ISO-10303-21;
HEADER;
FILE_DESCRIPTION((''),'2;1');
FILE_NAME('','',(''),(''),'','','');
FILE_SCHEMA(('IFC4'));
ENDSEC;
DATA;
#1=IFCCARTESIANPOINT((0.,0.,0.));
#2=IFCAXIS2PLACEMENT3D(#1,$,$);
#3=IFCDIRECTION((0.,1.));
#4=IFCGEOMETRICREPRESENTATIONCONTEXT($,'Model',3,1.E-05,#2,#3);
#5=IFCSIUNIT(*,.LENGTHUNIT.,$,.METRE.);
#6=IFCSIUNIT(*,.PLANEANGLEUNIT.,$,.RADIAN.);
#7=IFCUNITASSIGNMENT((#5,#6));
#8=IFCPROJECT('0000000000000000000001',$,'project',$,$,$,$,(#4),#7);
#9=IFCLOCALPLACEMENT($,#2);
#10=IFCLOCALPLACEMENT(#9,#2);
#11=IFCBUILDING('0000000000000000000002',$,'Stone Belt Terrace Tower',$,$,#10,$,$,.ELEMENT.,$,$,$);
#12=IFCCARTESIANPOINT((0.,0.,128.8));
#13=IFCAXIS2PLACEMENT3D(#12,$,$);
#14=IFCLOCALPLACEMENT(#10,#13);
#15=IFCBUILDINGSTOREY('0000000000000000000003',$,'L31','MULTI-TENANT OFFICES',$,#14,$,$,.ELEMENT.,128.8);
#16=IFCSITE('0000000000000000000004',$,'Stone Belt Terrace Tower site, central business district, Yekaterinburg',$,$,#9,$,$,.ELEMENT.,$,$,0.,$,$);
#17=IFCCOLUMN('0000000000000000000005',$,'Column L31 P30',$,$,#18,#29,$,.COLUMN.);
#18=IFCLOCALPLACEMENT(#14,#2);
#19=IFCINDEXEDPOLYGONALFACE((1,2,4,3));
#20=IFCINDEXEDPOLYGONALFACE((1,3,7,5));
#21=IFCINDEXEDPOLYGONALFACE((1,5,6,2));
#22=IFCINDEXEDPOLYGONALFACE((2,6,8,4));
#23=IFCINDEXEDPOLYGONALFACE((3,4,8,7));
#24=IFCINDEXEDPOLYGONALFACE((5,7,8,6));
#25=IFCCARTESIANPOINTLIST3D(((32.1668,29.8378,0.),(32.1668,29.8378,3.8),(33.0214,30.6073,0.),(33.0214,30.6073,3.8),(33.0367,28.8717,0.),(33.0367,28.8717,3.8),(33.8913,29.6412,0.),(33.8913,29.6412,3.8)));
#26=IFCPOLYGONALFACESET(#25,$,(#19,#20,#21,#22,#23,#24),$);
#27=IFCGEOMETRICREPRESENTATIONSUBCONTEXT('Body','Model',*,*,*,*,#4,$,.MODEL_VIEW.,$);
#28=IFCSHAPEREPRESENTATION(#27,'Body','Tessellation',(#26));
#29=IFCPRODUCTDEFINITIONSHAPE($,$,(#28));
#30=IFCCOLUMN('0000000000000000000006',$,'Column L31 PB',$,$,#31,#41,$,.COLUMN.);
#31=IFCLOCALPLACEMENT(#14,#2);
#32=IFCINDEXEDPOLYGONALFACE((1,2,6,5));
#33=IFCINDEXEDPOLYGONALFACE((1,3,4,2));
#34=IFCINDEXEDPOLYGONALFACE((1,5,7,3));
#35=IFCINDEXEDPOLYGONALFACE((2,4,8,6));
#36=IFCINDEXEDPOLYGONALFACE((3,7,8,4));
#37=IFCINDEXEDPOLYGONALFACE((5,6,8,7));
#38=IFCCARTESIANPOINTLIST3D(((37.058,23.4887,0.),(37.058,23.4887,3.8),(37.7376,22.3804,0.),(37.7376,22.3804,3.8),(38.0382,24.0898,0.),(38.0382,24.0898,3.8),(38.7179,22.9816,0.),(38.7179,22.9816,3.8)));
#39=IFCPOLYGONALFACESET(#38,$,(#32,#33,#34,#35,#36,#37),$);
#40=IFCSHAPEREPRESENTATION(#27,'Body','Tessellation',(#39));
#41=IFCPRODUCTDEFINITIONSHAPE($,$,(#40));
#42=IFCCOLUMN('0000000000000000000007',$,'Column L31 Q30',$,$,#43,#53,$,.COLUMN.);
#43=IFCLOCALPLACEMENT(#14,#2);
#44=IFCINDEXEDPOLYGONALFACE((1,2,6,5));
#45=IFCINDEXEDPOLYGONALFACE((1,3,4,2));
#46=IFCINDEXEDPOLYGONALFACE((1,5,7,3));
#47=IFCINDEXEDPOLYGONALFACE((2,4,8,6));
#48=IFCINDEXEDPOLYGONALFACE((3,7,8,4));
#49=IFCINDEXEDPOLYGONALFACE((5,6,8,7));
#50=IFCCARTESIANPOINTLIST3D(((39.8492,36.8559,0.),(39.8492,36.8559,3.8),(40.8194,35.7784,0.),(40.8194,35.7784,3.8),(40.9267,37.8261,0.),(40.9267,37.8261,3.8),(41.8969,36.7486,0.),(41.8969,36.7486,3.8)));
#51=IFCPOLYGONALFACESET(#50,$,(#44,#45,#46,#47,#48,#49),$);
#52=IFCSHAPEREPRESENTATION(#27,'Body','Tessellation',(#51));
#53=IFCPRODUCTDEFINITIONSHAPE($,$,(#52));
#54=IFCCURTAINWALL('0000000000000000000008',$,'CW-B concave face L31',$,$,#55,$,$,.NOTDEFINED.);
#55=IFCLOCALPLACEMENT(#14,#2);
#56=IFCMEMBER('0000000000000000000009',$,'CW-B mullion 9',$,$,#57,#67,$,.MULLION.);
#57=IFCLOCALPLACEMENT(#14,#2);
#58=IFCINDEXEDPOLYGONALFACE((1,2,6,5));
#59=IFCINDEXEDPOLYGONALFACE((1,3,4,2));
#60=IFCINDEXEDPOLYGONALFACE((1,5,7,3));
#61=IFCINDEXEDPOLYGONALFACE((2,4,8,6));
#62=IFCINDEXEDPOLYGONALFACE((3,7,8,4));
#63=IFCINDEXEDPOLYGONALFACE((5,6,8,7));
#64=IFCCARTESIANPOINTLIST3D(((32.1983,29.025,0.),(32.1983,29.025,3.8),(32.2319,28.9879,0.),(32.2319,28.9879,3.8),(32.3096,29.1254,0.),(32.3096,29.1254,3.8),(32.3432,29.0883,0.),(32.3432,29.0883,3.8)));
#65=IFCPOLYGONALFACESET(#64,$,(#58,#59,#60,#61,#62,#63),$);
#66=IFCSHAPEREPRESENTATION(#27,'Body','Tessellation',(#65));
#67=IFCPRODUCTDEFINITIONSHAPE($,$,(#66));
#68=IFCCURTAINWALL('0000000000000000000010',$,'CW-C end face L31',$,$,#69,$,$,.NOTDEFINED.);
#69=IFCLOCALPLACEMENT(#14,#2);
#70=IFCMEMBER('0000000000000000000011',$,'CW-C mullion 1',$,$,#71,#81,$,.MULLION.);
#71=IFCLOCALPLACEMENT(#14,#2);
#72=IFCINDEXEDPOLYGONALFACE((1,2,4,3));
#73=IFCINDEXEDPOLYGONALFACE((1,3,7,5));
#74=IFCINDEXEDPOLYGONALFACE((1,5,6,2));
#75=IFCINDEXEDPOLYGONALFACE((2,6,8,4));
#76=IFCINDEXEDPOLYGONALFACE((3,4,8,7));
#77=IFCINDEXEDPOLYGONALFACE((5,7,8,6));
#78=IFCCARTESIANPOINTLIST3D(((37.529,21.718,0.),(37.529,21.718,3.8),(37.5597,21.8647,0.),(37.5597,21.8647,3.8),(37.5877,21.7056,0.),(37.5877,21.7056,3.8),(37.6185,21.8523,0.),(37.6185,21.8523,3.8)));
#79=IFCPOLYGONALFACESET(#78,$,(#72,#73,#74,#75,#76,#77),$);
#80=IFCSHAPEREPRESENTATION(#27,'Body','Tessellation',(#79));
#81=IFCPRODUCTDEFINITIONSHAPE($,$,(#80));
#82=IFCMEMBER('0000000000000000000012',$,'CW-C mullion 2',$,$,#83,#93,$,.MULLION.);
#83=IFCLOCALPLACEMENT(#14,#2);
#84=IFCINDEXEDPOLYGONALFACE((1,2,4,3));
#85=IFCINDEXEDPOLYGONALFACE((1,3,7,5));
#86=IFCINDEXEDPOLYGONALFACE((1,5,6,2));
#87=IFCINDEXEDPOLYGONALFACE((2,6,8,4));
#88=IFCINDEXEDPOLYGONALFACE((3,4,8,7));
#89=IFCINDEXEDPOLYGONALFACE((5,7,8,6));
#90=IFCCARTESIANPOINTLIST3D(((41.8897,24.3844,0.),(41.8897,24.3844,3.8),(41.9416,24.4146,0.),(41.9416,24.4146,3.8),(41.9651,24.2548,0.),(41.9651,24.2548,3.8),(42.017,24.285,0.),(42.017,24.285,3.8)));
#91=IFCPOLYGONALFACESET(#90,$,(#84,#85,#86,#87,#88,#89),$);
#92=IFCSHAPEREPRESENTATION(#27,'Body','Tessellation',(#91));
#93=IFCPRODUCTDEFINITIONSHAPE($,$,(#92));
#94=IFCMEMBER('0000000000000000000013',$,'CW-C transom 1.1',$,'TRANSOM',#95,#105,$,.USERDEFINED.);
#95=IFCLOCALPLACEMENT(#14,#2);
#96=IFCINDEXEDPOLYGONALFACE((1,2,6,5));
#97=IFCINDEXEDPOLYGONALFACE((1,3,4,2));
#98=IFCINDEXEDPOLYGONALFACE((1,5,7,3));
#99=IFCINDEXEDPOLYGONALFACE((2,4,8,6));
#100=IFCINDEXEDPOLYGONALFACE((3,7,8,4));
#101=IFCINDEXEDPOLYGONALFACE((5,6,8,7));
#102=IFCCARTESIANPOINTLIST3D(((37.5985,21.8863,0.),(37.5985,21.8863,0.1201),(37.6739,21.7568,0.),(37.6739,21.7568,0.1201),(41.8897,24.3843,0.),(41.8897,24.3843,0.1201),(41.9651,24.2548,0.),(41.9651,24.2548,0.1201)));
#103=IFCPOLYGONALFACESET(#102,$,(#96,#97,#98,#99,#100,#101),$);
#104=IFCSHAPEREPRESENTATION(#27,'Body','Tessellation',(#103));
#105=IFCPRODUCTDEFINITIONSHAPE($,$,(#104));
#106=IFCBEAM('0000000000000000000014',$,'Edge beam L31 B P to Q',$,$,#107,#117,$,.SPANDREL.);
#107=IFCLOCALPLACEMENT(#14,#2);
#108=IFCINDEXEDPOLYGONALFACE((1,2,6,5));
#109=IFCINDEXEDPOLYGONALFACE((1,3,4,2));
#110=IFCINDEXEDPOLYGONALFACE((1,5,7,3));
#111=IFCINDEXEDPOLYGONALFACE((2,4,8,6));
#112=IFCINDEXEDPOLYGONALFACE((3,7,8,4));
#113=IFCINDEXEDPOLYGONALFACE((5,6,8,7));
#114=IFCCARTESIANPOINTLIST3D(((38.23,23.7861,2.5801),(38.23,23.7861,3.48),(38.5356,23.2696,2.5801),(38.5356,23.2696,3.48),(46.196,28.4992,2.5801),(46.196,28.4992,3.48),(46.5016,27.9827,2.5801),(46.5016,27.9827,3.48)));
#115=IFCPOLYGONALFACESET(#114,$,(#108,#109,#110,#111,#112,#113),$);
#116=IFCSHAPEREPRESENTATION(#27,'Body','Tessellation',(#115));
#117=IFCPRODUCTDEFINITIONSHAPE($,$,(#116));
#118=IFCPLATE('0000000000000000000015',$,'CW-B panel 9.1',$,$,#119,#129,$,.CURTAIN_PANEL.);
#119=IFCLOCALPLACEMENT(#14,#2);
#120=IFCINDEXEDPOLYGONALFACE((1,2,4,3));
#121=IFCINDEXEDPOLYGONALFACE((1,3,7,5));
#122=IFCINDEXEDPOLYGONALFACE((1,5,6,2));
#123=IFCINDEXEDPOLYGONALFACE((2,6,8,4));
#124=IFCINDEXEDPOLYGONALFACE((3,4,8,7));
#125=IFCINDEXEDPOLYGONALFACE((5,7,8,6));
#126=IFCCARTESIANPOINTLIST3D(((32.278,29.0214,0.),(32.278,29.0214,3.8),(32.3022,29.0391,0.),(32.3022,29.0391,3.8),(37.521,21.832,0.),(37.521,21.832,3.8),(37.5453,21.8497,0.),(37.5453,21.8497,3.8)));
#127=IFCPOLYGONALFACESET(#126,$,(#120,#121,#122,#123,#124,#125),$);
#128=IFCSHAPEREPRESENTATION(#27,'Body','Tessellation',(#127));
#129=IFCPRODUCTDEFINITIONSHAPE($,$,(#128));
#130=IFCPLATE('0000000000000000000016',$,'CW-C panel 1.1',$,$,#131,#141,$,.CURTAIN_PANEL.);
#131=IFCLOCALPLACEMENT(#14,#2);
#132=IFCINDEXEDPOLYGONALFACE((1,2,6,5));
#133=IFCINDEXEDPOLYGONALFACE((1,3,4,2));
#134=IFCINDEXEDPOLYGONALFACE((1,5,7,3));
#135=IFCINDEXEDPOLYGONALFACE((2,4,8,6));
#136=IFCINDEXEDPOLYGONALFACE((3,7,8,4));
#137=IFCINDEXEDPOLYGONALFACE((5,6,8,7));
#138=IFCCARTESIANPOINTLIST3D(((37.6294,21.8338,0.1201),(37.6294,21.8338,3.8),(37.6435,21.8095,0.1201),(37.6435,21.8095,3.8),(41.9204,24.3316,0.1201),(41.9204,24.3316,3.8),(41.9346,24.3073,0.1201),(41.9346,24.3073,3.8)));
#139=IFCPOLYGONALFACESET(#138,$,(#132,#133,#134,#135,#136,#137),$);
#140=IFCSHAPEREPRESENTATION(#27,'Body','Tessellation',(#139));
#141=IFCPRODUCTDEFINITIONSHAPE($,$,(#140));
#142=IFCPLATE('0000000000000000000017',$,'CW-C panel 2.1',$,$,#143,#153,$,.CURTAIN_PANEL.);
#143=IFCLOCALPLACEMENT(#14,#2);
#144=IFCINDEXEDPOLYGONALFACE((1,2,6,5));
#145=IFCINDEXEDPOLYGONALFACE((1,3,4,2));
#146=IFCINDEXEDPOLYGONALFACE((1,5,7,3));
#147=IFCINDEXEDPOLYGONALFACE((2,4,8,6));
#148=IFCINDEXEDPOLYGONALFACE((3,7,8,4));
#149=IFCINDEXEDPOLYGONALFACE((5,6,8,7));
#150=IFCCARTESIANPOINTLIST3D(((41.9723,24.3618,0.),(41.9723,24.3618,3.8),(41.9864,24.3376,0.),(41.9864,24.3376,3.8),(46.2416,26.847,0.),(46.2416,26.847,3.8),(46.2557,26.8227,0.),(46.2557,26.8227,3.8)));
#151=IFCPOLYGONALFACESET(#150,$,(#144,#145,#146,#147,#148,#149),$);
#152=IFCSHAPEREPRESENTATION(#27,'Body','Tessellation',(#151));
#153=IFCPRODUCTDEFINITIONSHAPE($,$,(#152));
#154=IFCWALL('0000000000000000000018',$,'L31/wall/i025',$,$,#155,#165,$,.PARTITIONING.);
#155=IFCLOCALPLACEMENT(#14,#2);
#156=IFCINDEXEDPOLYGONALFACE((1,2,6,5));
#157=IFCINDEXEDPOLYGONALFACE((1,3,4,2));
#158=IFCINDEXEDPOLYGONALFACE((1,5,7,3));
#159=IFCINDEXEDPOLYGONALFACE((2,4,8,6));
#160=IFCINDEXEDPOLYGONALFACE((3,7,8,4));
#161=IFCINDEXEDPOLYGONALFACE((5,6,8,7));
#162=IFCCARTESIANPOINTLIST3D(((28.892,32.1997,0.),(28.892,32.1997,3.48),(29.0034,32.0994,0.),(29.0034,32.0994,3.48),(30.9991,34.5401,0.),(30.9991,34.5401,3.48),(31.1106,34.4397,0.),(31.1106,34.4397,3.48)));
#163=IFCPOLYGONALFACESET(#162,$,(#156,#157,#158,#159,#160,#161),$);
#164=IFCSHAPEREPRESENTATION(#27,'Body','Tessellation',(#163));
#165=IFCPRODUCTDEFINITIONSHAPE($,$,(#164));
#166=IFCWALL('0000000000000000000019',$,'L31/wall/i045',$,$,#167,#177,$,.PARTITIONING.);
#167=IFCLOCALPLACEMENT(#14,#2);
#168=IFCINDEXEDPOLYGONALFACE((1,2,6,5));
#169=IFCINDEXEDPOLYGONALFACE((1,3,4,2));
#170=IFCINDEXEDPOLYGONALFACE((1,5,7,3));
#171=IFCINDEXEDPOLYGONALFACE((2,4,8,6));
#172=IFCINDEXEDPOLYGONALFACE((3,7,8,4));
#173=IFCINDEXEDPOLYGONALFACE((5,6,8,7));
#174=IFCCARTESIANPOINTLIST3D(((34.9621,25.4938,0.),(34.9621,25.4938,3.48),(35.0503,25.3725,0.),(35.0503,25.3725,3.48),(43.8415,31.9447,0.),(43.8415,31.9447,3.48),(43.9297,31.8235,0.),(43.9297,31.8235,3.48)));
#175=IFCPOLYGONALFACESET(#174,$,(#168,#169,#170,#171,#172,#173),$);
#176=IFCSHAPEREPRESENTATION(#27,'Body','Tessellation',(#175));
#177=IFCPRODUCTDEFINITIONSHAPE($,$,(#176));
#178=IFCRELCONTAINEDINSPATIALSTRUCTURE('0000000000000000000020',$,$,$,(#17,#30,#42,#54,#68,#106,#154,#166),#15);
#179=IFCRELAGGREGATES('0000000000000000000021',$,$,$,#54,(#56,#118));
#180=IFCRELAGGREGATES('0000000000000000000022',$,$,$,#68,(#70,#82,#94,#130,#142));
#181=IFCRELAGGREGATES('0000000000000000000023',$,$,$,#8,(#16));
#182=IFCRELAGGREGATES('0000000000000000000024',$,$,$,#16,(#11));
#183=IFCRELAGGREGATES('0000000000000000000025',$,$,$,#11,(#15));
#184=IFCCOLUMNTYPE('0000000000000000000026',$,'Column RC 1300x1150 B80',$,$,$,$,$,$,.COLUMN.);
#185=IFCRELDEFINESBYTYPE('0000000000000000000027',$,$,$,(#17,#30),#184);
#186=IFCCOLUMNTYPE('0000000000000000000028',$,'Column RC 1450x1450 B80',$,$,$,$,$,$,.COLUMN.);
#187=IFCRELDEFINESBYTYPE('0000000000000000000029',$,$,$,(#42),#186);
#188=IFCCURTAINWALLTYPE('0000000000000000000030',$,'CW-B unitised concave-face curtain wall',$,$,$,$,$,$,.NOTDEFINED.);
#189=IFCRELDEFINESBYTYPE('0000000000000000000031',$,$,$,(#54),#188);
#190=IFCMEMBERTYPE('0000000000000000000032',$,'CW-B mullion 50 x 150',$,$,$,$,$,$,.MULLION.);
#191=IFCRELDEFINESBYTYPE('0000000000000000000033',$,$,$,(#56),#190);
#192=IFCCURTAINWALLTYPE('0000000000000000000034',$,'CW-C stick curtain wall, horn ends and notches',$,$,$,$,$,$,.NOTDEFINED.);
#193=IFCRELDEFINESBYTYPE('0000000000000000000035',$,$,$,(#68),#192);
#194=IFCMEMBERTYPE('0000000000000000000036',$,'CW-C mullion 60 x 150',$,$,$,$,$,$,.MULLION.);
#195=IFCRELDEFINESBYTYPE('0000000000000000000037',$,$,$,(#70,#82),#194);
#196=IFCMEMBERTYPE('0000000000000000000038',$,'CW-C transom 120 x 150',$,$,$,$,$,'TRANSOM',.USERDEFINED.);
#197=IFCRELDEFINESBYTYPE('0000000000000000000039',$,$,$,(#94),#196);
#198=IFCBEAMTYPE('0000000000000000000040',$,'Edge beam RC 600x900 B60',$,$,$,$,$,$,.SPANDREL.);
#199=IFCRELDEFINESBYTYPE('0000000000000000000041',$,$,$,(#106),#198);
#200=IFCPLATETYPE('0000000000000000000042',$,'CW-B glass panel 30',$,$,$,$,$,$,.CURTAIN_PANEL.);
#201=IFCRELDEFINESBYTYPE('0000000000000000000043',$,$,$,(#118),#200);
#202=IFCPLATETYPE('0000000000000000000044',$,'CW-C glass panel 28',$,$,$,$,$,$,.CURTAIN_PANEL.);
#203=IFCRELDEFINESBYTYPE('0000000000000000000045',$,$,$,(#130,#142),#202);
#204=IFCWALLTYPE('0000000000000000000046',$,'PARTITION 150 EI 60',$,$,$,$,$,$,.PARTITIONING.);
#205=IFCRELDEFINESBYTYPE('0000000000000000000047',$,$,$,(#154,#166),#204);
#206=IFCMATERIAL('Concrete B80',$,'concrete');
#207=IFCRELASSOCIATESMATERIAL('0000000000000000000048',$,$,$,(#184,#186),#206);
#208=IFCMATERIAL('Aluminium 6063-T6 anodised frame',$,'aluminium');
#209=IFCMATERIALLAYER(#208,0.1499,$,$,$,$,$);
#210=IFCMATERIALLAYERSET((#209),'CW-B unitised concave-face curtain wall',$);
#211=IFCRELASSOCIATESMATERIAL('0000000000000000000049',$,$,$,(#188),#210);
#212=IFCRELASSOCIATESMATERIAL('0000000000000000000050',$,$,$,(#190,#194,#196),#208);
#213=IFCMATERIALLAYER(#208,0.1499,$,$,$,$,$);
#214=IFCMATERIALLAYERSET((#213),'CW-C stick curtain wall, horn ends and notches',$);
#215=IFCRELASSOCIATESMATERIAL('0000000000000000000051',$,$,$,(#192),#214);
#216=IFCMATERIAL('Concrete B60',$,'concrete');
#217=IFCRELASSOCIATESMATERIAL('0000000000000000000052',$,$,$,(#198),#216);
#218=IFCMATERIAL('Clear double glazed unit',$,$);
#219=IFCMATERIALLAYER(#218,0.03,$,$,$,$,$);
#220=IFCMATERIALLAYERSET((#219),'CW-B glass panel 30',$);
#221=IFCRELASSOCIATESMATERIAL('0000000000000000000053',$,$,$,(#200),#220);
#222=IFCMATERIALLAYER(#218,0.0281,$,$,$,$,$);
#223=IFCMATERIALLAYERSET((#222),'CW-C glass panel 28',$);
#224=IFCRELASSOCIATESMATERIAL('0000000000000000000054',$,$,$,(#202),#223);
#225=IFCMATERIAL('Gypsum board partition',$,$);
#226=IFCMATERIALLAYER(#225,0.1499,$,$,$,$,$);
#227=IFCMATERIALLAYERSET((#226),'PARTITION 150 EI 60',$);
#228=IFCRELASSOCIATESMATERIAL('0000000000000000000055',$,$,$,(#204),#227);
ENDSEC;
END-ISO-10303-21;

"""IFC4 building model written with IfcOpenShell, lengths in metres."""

from ifc_helpers import new_model, si_unit, direction, frame, frame_2d, origin, origin_2d, place, context, subcontext, project, spatial, rectangle, extrude, material, layer, layer_set, material_profile, profile_set, type_object, element, aggregate, save


model = new_model("IFC4")

# Units and contexts
model_context = context("Model", 3, precision=1e-05, world=origin(), true_north=direction((0.0, 1.0)))
body_context = subcontext(model_context, "Body", "Model", "MODEL_VIEW")
ifc_project = project(units=[si_unit("LENGTHUNIT", "METRE"), si_unit("PLANEANGLEUNIT", "RADIAN")], contexts=[model_context])

# Site, building, storey
site_placement = place(None, origin())
site = spatial("IfcSite", under=ifc_project, at=site_placement, Name="Stone Belt Terrace Tower site, central business district, Yekaterinburg", CompositionType="ELEMENT", RefElevation=0.0)
building_placement = place(site_placement, origin())
building = spatial("IfcBuilding", under=site, at=building_placement, Name="Stone Belt Terrace Tower", CompositionType="ELEMENT")
storey_placement = place(building_placement, frame((0.0, 0.0, 128.8)))
storey = spatial("IfcBuildingStorey", under=building, at=storey_placement, Name="L31", Description="MULTI-TENANT OFFICES", CompositionType="ELEMENT", Elevation=128.8)

# Columns
ifc_material_1 = material(Name="Concrete B80", Category="concrete")
ifc_material_profile_1 = material_profile(ifc_material_1, rectangle(XDim=1.3, YDim=1.1499, at=origin_2d()), Name="RC 1300x1150")
ifc_profile_set_1 = profile_set([ifc_material_profile_1], Name="Concrete B80")
column_type_1 = type_object("IfcColumnType", Name="Column RC 1300x1150 B80", PredefinedType="COLUMN", material=ifc_profile_set_1)
for number, where, z_axis, x_axis, name in (
    (1, (33.0291, 29.7395, 0.0), (0.0, 0.0, 1.0), (0.669131, -0.743145, 0.0), "Column L31 P30"),
    (2, (37.8879, 23.2351, 0.0), (0.0, 0.0, 1.0), (0.522781, -0.852467, 0.0), "Column L31 PB"),
):
    element("IfcColumn", number, at=place(storey_placement, frame(where, z_axis=z_axis, x_axis=x_axis)), inside=storey, type_object=column_type_1, Name=name, PredefinedType="COLUMN", context=body_context, shape_type="SweptSolid", body=[
        extrude(rectangle(XDim=1.3, YDim=1.1499, at=origin_2d()), origin(), (0.0, 0.0, 1.0), 3.8),
    ])
ifc_material_profile_2 = material_profile(ifc_material_1, rectangle(XDim=1.45, YDim=1.45, at=origin_2d()), Name="RC 1450x1450")
ifc_profile_set_2 = profile_set([ifc_material_profile_2], Name="Concrete B80")
column_type_2 = type_object("IfcColumnType", Name="Column RC 1450x1450 B80", PredefinedType="COLUMN", material=ifc_profile_set_2)
column_placement = place(storey_placement, frame((40.873, 36.8022, 0.0), z_axis=(0.0, 0.0, 1.0), x_axis=(0.669131, -0.743145, 0.0)))
element("IfcColumn", 3, at=column_placement, inside=storey, type_object=column_type_2, Name="Column L31 Q30", PredefinedType="COLUMN", context=body_context, shape_type="SweptSolid", body=[
    extrude(rectangle(XDim=1.45, YDim=1.45, at=origin_2d()), origin(), (0.0, 0.0, 1.0), 3.8),
])

# Curtain wall, member
ifc_material_2 = material(Name="Aluminium 6063-T6 anodised frame", Category="aluminium")
ifc_layer_1 = layer(ifc_material_2, 0.1499)
ifc_layer_set_1 = layer_set([ifc_layer_1], Name="CW-B unitised concave-face curtain wall")
curtain_wall_type_1 = type_object("IfcCurtainWallType", Name="CW-B unitised concave-face curtain wall", PredefinedType="NOTDEFINED", material=ifc_layer_set_1)
curtain_wall_1_placement = place(storey_placement, origin())
curtain_wall_1 = element("IfcCurtainWall", 4, at=curtain_wall_1_placement, inside=storey, type_object=curtain_wall_type_1, Name="CW-B concave face L31", PredefinedType="NOTDEFINED")
ifc_material_profile_3 = material_profile(ifc_material_2, rectangle(XDim=0.1499, YDim=0.05, at=origin_2d()), Name="Aluminium 6063-T6 50x150")
ifc_profile_set_3 = profile_set([ifc_material_profile_3], Name="Aluminium 6063-T6 anodised frame")
member_type_1 = type_object("IfcMemberType", Name="CW-B mullion 50 x 150", PredefinedType="MULLION", material=ifc_profile_set_3)
member_1_placement = place(storey_placement, frame((32.2708, 29.0566, 0.0), z_axis=(0.0, 0.0, 1.0), x_axis=(0.742549, 0.669792, 0.0)))
member_1 = element("IfcMember", 5, at=member_1_placement, type_object=member_type_1, Name="CW-B mullion 9", PredefinedType="MULLION", context=body_context, shape_type="SweptSolid", body=[
    extrude(rectangle(XDim=0.1499, YDim=0.05, at=origin_2d()), origin(), (0.0, 0.0, 1.0), 3.8),
])

# Curtain wall, members
ifc_layer_2 = layer(ifc_material_2, 0.1499)
ifc_layer_set_2 = layer_set([ifc_layer_2], Name="CW-C stick curtain wall, horn ends and notches")
curtain_wall_type_2 = type_object("IfcCurtainWallType", Name="CW-C stick curtain wall, horn ends and notches", PredefinedType="NOTDEFINED", material=ifc_layer_set_2)
curtain_wall_2_placement = place(storey_placement, origin())
curtain_wall_2 = element("IfcCurtainWall", 6, at=curtain_wall_2_placement, inside=storey, type_object=curtain_wall_type_2, Name="CW-C end face L31", PredefinedType="NOTDEFINED")
ifc_material_profile_4 = material_profile(ifc_material_2, rectangle(XDim=0.1499, YDim=0.0601, at=origin_2d()), Name="Aluminium 6063-T6 60x150")
ifc_profile_set_4 = profile_set([ifc_material_profile_4], Name="Aluminium 6063-T6 anodised frame")
member_type_2 = type_object("IfcMemberType", Name="CW-C mullion 60 x 150", PredefinedType="MULLION", material=ifc_profile_set_4)
member_2_placement = place(storey_placement, frame((37.5737, 21.7852, 0.0), z_axis=(0.0, 0.0, 1.0), x_axis=(0.205298, 0.978699, 0.0)))
member_2 = element("IfcMember", 7, at=member_2_placement, type_object=member_type_2, Name="CW-C mullion 1", PredefinedType="MULLION", context=body_context, shape_type="SweptSolid", body=[
    extrude(rectangle(XDim=0.1499, YDim=0.0601, at=origin_2d()), origin(), (0.0, 0.0, 1.0), 3.8),
])
member_3_placement = place(storey_placement, frame((41.9534, 24.3347, 0.0), z_axis=(0.0, 0.0, 1.0), x_axis=(-0.503081, 0.864239, 0.0)))
member_3 = element("IfcMember", 8, at=member_3_placement, type_object=member_type_2, Name="CW-C mullion 2", PredefinedType="MULLION", context=body_context, shape_type="SweptSolid", body=[
    extrude(rectangle(XDim=0.1499, YDim=0.0601, at=origin_2d()), origin(), (0.0, 0.0, 1.0), 3.8),
])
ifc_material_profile_5 = material_profile(ifc_material_2, rectangle(XDim=0.1499, YDim=0.1201, at=origin_2d()), Name="Aluminium 6063-T6 150x120")
ifc_profile_set_5 = profile_set([ifc_material_profile_5], Name="Aluminium 6063-T6 anodised frame")
member_type_3 = type_object("IfcMemberType", Name="CW-C transom 120 x 150", ElementType="TRANSOM", PredefinedType="USERDEFINED", material=ifc_profile_set_5)
member_4_placement = place(storey_placement, frame((37.6362, 21.8215, 0.0601), z_axis=(0.864233, 0.503091, 0.0), x_axis=(-0.503091, 0.864233, 0.0)))
member_4 = element("IfcMember", 9, at=member_4_placement, type_object=member_type_3, Name="CW-C transom 1.1", ObjectType="TRANSOM", PredefinedType="USERDEFINED", context=body_context, shape_type="SweptSolid", body=[
    extrude(rectangle(XDim=0.1499, YDim=0.1201, at=origin_2d()), origin(), (0.0, 0.0, 1.0), 4.9653),
])

# Beam
ifc_material_3 = material(Name="Concrete B60", Category="concrete")
ifc_material_profile_6 = material_profile(ifc_material_3, rectangle(XDim=0.6001, YDim=0.8999, at=origin_2d()), Name="RC 600x900")
ifc_profile_set_6 = profile_set([ifc_material_profile_6], Name="Concrete B60")
beam_type = type_object("IfcBeamType", Name="Edge beam RC 600x900 B60", PredefinedType="SPANDREL", material=ifc_profile_set_6)
beam_placement = place(storey_placement, frame((38.3828, 23.5278, 3.03), z_axis=(0.860647, 0.509203, 0.0), x_axis=(-0.509203, 0.860647, 0.0)))
element("IfcBeam", 10, at=beam_placement, inside=storey, type_object=beam_type, Name="Edge beam L31 B P to Q", PredefinedType="SPANDREL", context=body_context, shape_type="SweptSolid", body=[
    extrude(rectangle(XDim=0.6001, YDim=0.8999, at=origin_2d()), origin(), (0.0, 0.0, 1.0), 9.2559),
])

# Plates
ifc_material_4 = material(Name="Clear double glazed unit")
ifc_layer_3 = layer(ifc_material_4, 0.03)
ifc_layer_set_3 = layer_set([ifc_layer_3], Name="CW-B glass panel 30")
plate_type_1 = type_object("IfcPlateType", Name="CW-B glass panel 30", PredefinedType="CURTAIN_PANEL", material=ifc_layer_set_3)
plate_1_placement = place(storey_placement, frame((34.9116, 25.4355, 0.0), z_axis=(0.0, 0.0, 1.0), x_axis=(0.589225, -0.807969, 0.0)))
plate_1 = element("IfcPlate", 11, at=plate_1_placement, type_object=plate_type_1, Name="CW-B panel 9.1", PredefinedType="CURTAIN_PANEL", context=body_context, shape_type="SweptSolid", body=[
    extrude(rectangle(XDim=8.8982, YDim=0.03, at=origin_2d()), origin(), (0.0, 0.0, 1.0), 3.8),
])
aggregate(curtain_wall_1, [member_1, plate_1])
ifc_layer_4 = layer(ifc_material_4, 0.0281)
ifc_layer_set_4 = layer_set([ifc_layer_4], Name="CW-C glass panel 28")
plate_type_2 = type_object("IfcPlateType", Name="CW-C glass panel 28", PredefinedType="CURTAIN_PANEL", material=ifc_layer_set_4)
plate_2_placement = place(storey_placement, frame((39.782, 23.0706, 0.1201), z_axis=(0.0, 0.0, 1.0), x_axis=(0.864239, 0.503081, 0.0)))
plate_2 = element("IfcPlate", 12, at=plate_2_placement, type_object=plate_type_2, Name="CW-C panel 1.1", PredefinedType="CURTAIN_PANEL", context=body_context, shape_type="SweptSolid", body=[
    extrude(rectangle(XDim=4.9651, YDim=0.0281, at=origin_2d()), origin(), (0.0, 0.0, 1.0), 3.6799),
])
plate_3_placement = place(storey_placement, frame((44.114, 25.5923, 0.0), z_axis=(0.0, 0.0, 1.0), x_axis=(0.864239, 0.503081, 0.0)))
plate_3 = element("IfcPlate", 13, at=plate_3_placement, type_object=plate_type_2, Name="CW-C panel 2.1", PredefinedType="CURTAIN_PANEL", context=body_context, shape_type="SweptSolid", body=[
    extrude(rectangle(XDim=4.9399, YDim=0.0281, at=origin_2d()), origin(), (0.0, 0.0, 1.0), 3.8),
])
aggregate(curtain_wall_2, [member_2, member_3, member_4, plate_2, plate_3])

# Walls
ifc_material_5 = material(Name="Gypsum board partition")
ifc_layer_5 = layer(ifc_material_5, 0.1499)
ifc_layer_set_5 = layer_set([ifc_layer_5], Name="PARTITION 150 EI 60")
wall_type_1 = type_object("IfcWallType", Name="PARTITION 150 EI 60", PredefinedType="PARTITIONING", material=ifc_layer_set_5)
wall_1_placement = place(storey_placement, frame((31.0549, 34.49, 0.0), z_axis=(0.0, 0.0, 1.0), x_axis=(-0.669119, -0.743155, 0.0)))
element("IfcWall", 14, at=wall_1_placement, inside=storey, type_object=wall_type_1, Name="L31/wall/i025", PredefinedType="PARTITIONING", context=body_context, shape_type="SweptSolid", body=[
    extrude(rectangle(XDim=3.1492, YDim=0.1499, at=frame_2d((1.5747, 0.0))), origin(), (0.0, 0.0, 1.0), 3.48),
])
wall_2_placement = place(storey_placement, frame((35.0061, 25.4331, 0.0), z_axis=(0.0, 0.0, 1.0), x_axis=(0.809031, 0.587766, 0.0)))
element("IfcWall", 15, at=wall_2_placement, inside=storey, type_object=wall_type_1, Name="L31/wall/i045", PredefinedType="PARTITIONING", context=body_context, shape_type="SweptSolid", body=[
    extrude(rectangle(XDim=10.9753, YDim=0.1499, at=frame_2d((5.4878, 0.0))), origin(), (0.0, 0.0, 1.0), 3.48),
])

save(model, "model.ifc")
